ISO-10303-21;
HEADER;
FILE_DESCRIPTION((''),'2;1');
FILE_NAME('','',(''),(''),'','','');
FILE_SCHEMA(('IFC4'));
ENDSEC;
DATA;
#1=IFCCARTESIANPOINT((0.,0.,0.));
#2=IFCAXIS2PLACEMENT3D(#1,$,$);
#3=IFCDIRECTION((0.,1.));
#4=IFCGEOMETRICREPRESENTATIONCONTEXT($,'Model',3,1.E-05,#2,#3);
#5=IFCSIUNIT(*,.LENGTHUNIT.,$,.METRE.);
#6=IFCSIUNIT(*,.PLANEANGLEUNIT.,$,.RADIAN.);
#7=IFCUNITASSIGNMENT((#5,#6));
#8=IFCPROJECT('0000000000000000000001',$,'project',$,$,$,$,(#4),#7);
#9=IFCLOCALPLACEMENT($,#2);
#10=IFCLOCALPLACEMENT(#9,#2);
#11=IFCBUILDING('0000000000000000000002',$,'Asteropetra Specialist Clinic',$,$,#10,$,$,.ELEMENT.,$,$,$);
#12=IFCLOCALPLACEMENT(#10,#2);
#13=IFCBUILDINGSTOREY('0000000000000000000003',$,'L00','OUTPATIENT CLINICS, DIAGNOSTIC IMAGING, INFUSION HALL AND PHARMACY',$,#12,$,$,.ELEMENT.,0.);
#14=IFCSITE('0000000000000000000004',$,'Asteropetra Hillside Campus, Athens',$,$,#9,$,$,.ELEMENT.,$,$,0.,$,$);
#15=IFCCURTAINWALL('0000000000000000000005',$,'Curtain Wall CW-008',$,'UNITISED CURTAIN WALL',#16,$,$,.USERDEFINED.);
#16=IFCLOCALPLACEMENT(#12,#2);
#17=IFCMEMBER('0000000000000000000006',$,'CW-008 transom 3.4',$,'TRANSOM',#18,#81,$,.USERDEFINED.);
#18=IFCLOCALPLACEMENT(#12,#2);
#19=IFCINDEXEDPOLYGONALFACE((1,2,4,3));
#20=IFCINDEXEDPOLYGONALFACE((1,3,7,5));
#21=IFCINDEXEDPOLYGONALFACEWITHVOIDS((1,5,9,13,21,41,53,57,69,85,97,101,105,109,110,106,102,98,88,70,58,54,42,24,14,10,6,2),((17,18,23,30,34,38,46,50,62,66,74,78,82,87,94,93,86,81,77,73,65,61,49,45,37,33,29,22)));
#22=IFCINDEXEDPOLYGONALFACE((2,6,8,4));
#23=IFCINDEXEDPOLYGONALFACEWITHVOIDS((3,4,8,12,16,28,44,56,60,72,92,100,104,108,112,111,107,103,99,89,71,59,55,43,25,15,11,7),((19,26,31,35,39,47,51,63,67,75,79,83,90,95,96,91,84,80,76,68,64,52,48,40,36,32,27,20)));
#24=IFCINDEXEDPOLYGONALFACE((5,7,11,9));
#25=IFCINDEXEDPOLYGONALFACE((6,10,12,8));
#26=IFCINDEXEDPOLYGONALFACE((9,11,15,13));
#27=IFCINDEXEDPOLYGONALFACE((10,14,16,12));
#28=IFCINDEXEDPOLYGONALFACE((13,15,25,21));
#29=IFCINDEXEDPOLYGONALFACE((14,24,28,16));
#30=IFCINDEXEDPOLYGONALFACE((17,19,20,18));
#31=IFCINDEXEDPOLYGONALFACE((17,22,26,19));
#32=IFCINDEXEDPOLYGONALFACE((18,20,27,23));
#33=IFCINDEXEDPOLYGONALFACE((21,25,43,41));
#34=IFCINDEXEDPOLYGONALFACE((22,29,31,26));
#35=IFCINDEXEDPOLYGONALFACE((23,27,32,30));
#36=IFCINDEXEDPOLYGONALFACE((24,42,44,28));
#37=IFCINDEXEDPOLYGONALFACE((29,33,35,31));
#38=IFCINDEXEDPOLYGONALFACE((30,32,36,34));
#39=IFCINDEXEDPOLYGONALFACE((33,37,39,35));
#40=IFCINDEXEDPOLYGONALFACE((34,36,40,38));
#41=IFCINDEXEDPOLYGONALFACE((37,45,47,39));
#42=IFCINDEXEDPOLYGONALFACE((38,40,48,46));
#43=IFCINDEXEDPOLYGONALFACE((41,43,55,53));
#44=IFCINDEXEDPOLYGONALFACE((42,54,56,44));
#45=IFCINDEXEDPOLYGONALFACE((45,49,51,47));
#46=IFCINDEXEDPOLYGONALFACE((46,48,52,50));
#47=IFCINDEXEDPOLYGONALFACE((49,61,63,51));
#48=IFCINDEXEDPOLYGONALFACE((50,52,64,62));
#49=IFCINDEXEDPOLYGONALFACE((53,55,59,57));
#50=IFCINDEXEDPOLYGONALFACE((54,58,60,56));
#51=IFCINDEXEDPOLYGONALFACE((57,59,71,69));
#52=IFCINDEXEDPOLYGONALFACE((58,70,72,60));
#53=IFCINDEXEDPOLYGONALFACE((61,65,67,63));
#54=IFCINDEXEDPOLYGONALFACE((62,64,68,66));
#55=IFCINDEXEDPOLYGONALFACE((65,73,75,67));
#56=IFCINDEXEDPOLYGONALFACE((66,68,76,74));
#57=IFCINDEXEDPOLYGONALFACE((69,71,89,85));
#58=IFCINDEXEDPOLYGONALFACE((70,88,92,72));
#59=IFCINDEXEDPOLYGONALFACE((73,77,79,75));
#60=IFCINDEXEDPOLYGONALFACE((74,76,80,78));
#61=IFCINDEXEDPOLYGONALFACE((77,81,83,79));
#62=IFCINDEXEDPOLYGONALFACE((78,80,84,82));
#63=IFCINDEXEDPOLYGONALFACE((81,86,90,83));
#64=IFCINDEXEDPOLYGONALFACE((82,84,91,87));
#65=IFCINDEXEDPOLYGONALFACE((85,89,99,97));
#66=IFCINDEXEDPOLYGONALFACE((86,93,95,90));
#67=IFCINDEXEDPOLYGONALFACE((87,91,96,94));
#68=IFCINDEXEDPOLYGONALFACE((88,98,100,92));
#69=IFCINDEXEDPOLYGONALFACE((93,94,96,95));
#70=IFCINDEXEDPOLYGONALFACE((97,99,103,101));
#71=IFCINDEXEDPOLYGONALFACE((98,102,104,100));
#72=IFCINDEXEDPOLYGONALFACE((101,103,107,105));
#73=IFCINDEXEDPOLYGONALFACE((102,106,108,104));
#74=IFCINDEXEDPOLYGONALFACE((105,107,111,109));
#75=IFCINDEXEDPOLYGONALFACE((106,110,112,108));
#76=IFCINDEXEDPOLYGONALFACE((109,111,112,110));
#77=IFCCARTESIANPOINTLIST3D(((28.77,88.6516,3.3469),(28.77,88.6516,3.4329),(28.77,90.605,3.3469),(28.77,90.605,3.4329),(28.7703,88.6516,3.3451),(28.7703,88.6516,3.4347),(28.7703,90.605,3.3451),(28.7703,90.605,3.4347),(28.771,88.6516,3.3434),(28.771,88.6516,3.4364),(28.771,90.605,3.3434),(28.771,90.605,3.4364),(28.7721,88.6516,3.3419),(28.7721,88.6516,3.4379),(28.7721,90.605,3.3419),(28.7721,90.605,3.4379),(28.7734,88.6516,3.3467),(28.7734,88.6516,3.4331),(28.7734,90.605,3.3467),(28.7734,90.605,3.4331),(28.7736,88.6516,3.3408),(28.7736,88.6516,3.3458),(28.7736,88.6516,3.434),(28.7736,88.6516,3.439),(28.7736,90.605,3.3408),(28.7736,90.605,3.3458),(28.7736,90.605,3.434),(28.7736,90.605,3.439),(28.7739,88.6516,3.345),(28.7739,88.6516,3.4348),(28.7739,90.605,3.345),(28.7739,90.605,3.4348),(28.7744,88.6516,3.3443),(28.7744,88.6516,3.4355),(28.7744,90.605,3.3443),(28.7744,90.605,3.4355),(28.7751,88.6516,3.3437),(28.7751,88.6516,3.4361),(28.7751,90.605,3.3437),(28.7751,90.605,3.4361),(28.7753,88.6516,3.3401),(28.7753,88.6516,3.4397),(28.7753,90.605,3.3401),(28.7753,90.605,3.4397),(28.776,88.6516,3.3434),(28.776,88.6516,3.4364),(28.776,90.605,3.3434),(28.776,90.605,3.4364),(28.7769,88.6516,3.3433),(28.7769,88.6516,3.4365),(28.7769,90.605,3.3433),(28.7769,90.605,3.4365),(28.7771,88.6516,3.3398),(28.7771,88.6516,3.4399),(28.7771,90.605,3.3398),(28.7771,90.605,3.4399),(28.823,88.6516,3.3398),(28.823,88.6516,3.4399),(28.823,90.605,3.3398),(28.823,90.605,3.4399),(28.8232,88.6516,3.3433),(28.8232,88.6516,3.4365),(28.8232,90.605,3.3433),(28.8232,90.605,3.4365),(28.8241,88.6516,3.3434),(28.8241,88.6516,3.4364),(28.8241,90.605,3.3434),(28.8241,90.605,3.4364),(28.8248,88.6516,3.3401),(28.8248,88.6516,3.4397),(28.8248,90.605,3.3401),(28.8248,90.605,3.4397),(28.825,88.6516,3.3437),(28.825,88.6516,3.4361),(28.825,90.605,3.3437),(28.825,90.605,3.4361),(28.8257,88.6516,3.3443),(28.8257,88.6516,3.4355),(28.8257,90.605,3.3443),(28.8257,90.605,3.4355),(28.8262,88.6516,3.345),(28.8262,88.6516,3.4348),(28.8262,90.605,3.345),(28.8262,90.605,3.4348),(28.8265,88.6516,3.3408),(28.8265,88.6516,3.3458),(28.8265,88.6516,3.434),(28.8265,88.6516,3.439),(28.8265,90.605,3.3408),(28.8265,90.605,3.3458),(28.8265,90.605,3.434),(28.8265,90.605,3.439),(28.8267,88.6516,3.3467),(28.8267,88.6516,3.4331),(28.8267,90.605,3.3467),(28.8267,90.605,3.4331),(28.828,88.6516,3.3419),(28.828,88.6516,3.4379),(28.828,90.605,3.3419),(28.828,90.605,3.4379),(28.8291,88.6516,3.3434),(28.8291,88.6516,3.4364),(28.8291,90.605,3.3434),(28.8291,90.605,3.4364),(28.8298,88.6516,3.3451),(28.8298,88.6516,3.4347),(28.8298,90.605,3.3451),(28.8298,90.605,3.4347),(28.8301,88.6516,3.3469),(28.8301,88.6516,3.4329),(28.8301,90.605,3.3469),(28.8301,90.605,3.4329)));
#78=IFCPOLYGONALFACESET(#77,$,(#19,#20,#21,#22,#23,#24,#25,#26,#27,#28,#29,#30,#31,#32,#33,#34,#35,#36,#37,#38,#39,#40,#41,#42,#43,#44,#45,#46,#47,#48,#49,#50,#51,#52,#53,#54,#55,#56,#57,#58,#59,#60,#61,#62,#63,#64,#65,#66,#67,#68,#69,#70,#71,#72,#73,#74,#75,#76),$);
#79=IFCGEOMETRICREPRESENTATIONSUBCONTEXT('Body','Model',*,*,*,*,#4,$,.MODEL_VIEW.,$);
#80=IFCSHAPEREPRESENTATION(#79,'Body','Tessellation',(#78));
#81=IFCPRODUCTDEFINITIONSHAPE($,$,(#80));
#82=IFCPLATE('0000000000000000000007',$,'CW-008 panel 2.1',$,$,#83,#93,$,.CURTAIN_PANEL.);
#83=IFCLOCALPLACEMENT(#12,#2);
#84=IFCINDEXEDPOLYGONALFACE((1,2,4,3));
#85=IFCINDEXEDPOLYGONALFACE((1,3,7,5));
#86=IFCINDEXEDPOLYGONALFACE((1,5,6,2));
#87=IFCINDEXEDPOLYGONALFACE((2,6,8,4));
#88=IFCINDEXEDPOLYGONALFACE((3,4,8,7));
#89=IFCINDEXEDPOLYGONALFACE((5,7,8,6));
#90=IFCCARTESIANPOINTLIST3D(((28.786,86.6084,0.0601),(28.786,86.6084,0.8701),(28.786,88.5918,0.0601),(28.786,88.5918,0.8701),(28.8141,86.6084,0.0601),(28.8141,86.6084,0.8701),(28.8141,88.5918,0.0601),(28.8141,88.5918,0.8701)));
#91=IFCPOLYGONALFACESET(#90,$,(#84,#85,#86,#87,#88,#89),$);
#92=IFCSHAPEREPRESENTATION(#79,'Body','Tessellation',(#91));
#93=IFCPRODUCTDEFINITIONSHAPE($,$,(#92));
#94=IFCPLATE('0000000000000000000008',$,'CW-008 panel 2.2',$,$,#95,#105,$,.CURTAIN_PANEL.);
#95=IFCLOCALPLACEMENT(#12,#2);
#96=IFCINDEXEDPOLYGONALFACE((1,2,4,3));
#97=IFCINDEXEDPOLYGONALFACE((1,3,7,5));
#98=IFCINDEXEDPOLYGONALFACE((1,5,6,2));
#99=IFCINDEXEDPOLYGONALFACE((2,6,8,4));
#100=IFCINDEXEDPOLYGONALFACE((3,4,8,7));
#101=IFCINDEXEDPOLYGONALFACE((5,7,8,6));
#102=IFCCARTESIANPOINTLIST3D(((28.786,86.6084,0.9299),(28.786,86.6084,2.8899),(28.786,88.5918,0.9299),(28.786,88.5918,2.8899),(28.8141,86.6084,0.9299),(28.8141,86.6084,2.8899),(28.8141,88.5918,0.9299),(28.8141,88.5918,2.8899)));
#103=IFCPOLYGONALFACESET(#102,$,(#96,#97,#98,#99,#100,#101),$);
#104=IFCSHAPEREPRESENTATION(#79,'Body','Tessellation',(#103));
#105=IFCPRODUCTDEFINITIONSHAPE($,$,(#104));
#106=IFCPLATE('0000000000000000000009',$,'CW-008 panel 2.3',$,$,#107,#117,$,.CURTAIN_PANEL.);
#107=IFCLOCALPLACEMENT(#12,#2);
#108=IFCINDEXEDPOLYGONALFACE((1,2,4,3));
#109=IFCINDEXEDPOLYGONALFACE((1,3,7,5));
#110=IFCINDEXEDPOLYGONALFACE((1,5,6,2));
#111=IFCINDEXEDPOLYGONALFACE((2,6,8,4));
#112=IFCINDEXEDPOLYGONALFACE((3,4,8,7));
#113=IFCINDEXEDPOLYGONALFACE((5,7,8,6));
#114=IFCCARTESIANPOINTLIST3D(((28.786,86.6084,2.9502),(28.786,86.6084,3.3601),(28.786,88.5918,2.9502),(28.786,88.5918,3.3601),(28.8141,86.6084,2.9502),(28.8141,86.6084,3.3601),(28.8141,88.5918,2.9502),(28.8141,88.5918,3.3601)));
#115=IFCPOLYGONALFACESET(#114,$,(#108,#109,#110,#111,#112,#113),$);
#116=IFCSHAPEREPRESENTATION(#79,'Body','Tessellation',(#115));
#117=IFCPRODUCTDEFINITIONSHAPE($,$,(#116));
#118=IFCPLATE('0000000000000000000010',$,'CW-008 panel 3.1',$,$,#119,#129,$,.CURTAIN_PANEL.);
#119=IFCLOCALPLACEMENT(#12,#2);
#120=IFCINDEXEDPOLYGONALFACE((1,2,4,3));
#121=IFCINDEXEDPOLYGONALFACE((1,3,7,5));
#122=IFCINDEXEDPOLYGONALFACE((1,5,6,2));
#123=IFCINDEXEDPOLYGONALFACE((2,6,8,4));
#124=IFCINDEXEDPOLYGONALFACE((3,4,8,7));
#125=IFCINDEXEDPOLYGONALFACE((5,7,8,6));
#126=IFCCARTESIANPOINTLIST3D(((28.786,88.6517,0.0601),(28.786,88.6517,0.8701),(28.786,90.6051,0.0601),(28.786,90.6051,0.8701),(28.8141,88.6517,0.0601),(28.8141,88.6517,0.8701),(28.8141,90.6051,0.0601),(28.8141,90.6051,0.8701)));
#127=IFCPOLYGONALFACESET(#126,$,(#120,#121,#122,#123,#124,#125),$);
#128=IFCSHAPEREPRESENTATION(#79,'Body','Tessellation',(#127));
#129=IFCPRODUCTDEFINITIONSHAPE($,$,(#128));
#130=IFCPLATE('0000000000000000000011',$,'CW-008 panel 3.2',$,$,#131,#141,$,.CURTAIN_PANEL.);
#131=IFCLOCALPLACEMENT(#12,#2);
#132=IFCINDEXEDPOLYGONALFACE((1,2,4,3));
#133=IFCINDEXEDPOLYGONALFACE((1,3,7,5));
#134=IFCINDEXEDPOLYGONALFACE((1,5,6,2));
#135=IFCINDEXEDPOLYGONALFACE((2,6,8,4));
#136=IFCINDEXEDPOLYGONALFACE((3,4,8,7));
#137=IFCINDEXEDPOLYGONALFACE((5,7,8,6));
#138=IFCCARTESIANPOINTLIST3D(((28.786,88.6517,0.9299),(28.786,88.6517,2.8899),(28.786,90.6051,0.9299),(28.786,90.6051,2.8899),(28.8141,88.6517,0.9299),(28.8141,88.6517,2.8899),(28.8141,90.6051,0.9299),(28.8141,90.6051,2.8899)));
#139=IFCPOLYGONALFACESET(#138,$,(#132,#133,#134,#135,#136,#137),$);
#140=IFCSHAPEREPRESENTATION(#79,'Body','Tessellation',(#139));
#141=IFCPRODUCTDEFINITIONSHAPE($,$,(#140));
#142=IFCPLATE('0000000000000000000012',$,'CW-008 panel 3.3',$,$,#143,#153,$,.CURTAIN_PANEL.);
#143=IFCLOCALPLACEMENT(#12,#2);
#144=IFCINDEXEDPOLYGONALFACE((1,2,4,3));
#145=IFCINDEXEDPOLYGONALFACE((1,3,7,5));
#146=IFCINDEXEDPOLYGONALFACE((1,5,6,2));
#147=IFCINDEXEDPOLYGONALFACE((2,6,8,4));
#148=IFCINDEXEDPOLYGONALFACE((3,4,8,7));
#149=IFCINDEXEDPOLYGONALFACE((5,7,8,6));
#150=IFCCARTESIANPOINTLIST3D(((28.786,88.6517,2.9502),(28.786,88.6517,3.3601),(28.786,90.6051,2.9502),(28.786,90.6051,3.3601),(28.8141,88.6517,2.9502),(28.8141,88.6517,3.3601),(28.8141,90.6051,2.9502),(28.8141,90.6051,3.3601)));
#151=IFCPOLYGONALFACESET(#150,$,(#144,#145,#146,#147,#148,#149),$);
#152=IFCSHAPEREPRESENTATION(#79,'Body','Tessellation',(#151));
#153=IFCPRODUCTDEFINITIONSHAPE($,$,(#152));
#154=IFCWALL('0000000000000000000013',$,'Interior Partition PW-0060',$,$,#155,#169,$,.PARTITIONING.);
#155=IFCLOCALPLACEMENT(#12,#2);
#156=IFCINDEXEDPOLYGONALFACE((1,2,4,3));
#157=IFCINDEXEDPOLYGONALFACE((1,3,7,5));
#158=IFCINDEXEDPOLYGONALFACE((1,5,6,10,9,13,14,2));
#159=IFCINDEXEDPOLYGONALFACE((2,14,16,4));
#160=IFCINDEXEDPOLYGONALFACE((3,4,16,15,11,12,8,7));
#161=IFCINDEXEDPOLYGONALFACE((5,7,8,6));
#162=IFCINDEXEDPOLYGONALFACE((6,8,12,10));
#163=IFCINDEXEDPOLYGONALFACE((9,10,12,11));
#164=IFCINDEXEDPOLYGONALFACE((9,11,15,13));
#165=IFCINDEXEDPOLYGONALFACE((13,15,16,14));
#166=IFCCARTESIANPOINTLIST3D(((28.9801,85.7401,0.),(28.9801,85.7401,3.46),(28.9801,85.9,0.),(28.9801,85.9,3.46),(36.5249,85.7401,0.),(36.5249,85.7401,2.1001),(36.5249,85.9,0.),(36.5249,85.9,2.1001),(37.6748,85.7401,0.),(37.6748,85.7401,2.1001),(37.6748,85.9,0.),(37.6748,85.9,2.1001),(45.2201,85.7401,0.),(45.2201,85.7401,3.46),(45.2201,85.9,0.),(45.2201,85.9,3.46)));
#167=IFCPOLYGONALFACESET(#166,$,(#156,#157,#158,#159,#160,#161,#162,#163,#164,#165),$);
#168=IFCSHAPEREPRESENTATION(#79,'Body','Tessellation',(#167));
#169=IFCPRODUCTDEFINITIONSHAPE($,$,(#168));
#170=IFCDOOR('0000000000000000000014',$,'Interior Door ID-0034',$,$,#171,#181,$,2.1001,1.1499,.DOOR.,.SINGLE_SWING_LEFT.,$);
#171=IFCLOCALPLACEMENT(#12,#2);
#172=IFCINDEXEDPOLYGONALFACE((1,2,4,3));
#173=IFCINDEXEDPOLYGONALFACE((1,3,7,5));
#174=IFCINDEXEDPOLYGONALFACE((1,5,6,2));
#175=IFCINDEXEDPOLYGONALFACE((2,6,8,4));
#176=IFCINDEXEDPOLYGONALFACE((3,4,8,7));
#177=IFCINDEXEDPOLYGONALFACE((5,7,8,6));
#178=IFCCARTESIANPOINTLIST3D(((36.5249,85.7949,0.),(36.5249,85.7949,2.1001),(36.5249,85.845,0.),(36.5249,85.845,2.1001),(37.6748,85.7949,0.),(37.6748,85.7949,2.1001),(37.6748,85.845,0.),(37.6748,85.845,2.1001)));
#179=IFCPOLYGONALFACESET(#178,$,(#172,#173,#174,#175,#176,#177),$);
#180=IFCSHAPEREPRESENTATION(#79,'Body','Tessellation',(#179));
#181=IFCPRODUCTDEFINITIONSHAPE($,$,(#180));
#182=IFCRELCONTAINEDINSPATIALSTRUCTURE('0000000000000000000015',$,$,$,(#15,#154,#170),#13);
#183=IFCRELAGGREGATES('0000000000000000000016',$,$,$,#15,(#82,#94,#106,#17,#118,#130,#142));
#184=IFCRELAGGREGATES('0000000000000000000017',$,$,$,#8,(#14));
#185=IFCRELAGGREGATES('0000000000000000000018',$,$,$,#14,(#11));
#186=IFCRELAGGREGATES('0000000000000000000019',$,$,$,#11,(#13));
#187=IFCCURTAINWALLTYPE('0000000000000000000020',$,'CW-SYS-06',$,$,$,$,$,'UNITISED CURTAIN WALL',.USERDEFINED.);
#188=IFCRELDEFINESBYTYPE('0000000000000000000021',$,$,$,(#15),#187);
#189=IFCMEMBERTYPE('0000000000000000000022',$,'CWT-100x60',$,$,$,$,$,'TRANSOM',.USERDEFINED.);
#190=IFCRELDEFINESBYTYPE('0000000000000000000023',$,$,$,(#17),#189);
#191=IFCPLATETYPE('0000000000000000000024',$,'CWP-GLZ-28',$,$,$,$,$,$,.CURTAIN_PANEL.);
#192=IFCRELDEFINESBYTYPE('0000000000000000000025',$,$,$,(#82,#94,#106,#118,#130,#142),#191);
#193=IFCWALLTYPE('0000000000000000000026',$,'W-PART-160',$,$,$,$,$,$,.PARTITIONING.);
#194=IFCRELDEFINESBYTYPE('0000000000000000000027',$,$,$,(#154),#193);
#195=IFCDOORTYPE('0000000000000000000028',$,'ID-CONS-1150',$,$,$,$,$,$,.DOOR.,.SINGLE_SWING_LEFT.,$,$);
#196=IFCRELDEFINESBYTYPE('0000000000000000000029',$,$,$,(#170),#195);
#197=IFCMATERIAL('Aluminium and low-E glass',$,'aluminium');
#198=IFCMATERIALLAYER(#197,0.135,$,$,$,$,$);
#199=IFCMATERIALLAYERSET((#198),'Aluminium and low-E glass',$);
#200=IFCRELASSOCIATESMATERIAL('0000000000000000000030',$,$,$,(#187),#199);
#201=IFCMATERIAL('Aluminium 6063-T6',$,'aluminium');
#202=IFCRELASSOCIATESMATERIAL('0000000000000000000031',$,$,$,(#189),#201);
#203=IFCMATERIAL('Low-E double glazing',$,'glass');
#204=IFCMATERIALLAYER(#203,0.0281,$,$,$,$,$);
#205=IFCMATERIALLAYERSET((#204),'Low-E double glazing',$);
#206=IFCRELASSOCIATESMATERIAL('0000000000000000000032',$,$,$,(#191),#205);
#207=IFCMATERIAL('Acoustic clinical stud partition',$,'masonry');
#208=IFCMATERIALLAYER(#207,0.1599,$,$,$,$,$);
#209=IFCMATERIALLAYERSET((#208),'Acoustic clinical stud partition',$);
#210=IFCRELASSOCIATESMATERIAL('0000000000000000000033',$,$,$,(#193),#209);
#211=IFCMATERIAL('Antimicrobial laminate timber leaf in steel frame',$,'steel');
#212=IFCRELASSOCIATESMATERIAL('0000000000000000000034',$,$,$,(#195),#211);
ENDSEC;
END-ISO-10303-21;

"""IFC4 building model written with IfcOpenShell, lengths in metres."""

from ifc_helpers import new_model, si_unit, direction, frame, frame_2d, origin, origin_2d, place, context, subcontext, project, spatial, rectangle, hollow_rectangle, extrude, material, layer, layer_set, material_profile, profile_set, type_object, element, fill, aggregate, save


model = new_model("IFC4")

# Units and contexts
model_context = context("Model", 3, precision=1e-05, world=origin(), true_north=direction((0.0, 1.0)))
body_context = subcontext(model_context, "Body", "Model", "MODEL_VIEW")
ifc_project = project(units=[si_unit("LENGTHUNIT", "METRE"), si_unit("PLANEANGLEUNIT", "RADIAN")], contexts=[model_context])

# Site, building, storey
site_placement = place(None, origin())
site = spatial("IfcSite", under=ifc_project, at=site_placement, Name="Asteropetra Hillside Campus, Athens", CompositionType="ELEMENT", RefElevation=0.0)
building_placement = place(site_placement, origin())
building = spatial("IfcBuilding", under=site, at=building_placement, Name="Asteropetra Specialist Clinic", CompositionType="ELEMENT")
storey_placement = place(building_placement, origin())
storey = spatial("IfcBuildingStorey", under=building, at=storey_placement, Name="L00", Description="OUTPATIENT CLINICS, DIAGNOSTIC IMAGING, INFUSION HALL AND PHARMACY", CompositionType="ELEMENT", Elevation=0.0)

# Curtain wall, member, plates
ifc_material_1 = material(Name="Aluminium and low-E glass", Category="aluminium")
ifc_layer_1 = layer(ifc_material_1, 0.135)
ifc_layer_set_1 = layer_set([ifc_layer_1], Name="Aluminium and low-E glass")
curtain_wall_type = type_object("IfcCurtainWallType", Name="CW-SYS-06", ElementType="UNITISED CURTAIN WALL", PredefinedType="USERDEFINED", material=ifc_layer_set_1)
curtain_wall_placement = place(storey_placement, origin())
curtain_wall = element("IfcCurtainWall", 1, at=curtain_wall_placement, inside=storey, type_object=curtain_wall_type, Name="Curtain Wall CW-008", ObjectType="UNITISED CURTAIN WALL", PredefinedType="USERDEFINED")
ifc_material_2 = material(Name="Aluminium 6063-T6", Category="aluminium")
ifc_material_profile_1 = material_profile(ifc_material_2, hollow_rectangle(XDim=0.0601, YDim=0.1001, WallThickness=0.0034, InnerFilletRadius=0.0034, OuterFilletRadius=0.0071, at=origin_2d()), Name="TRN 100x60x3.5")
ifc_profile_set_1 = profile_set([ifc_material_profile_1], Name="Aluminium 6063-T6")
member_type_1 = type_object("IfcMemberType", Name="CWT-100x60", ElementType="TRANSOM", PredefinedType="USERDEFINED", material=ifc_profile_set_1)
member_1_placement = place(storey_placement, frame((28.8, 88.6516, 3.3899), z_axis=(0.0, 1.0, 0.0), x_axis=(-1.0, 0.0, 0.0)))
member_1 = element("IfcMember", 2, at=member_1_placement, type_object=member_type_1, Name="CW-008 transom 3.4", ObjectType="TRANSOM", PredefinedType="USERDEFINED", context=body_context, shape_type="SweptSolid", body=[
    extrude(hollow_rectangle(XDim=0.0601, YDim=0.1001, WallThickness=0.0034, InnerFilletRadius=0.0034, OuterFilletRadius=0.0071, at=origin_2d()), origin(), (0.0, 0.0, 1.0), 1.9534),
])
ifc_material_3 = material(Name="Low-E double glazing", Category="glass")
ifc_layer_2 = layer(ifc_material_3, 0.0281)
ifc_layer_set_2 = layer_set([ifc_layer_2], Name="Low-E double glazing")
plate_type = type_object("IfcPlateType", Name="CWP-GLZ-28", PredefinedType="CURTAIN_PANEL", material=ifc_layer_set_2)
plate_1_placement = place(storey_placement, frame((28.8, 87.6001, 0.0601), z_axis=(0.0, 0.0, 1.0), x_axis=(0.0, 1.0, 0.0)))
plate_1 = element("IfcPlate", 3, at=plate_1_placement, type_object=plate_type, Name="CW-008 panel 2.1", PredefinedType="CURTAIN_PANEL", context=body_context, shape_type="SweptSolid", body=[
    extrude(rectangle(XDim=1.9834, YDim=0.0281, at=origin_2d()), origin(), (0.0, 0.0, 1.0), 0.8101),
])
plate_2_placement = place(storey_placement, frame((28.8, 87.6001, 0.9299), z_axis=(0.0, 0.0, 1.0), x_axis=(0.0, 1.0, 0.0)))
plate_2 = element("IfcPlate", 4, at=plate_2_placement, type_object=plate_type, Name="CW-008 panel 2.2", PredefinedType="CURTAIN_PANEL", context=body_context, shape_type="SweptSolid", body=[
    extrude(rectangle(XDim=1.9834, YDim=0.0281, at=origin_2d()), origin(), (0.0, 0.0, 1.0), 1.96),
])
plate_3_placement = place(storey_placement, frame((28.8, 87.6001, 2.9502), z_axis=(0.0, 0.0, 1.0), x_axis=(0.0, 1.0, 0.0)))
plate_3 = element("IfcPlate", 5, at=plate_3_placement, type_object=plate_type, Name="CW-008 panel 2.3", PredefinedType="CURTAIN_PANEL", context=body_context, shape_type="SweptSolid", body=[
    extrude(rectangle(XDim=1.9834, YDim=0.0281, at=origin_2d()), origin(), (0.0, 0.0, 1.0), 0.4099),
])
plate_4_placement = place(storey_placement, frame((28.8, 89.6284, 0.0601), z_axis=(0.0, 0.0, 1.0), x_axis=(0.0, 1.0, 0.0)))
plate_4 = element("IfcPlate", 6, at=plate_4_placement, type_object=plate_type, Name="CW-008 panel 3.1", PredefinedType="CURTAIN_PANEL", context=body_context, shape_type="SweptSolid", body=[
    extrude(rectangle(XDim=1.9534, YDim=0.0281, at=origin_2d()), origin(), (0.0, 0.0, 1.0), 0.8101),
])
plate_5_placement = place(storey_placement, frame((28.8, 89.6284, 0.9299), z_axis=(0.0, 0.0, 1.0), x_axis=(0.0, 1.0, 0.0)))
plate_5 = element("IfcPlate", 7, at=plate_5_placement, type_object=plate_type, Name="CW-008 panel 3.2", PredefinedType="CURTAIN_PANEL", context=body_context, shape_type="SweptSolid", body=[
    extrude(rectangle(XDim=1.9534, YDim=0.0281, at=origin_2d()), origin(), (0.0, 0.0, 1.0), 1.96),
])
plate_6_placement = place(storey_placement, frame((28.8, 89.6284, 2.9502), z_axis=(0.0, 0.0, 1.0), x_axis=(0.0, 1.0, 0.0)))
plate_6 = element("IfcPlate", 8, at=plate_6_placement, type_object=plate_type, Name="CW-008 panel 3.3", PredefinedType="CURTAIN_PANEL", context=body_context, shape_type="SweptSolid", body=[
    extrude(rectangle(XDim=1.9534, YDim=0.0281, at=origin_2d()), origin(), (0.0, 0.0, 1.0), 0.4099),
])
aggregate(curtain_wall, [plate_1, plate_2, plate_3, member_1, plate_4, plate_5, plate_6])

# Wall, opening, door
ifc_material_4 = material(Name="Acoustic clinical stud partition", Category="masonry")
ifc_layer_3 = layer(ifc_material_4, 0.1599)
ifc_layer_set_3 = layer_set([ifc_layer_3], Name="Acoustic clinical stud partition")
wall_type = type_object("IfcWallType", Name="W-PART-160", PredefinedType="PARTITIONING", material=ifc_layer_set_3)
wall_placement = place(storey_placement, frame((28.98, 85.8201, 0.0), z_axis=(0.0, 0.0, 1.0), x_axis=(1.0, 0.0, 0.0)))
wall = element("IfcWall", 9, at=wall_placement, inside=storey, type_object=wall_type, Name="Interior Partition PW-0060", PredefinedType="PARTITIONING", context=body_context, shape_type="SweptSolid", body=[
    extrude(rectangle(XDim=16.24, YDim=0.1599, at=frame_2d((8.1201, 0.0))), origin(), (0.0, 0.0, 1.0), 3.46),
])
opening_placement = place(wall_placement, frame((7.5449, 0.0, 0.0)))
opening = element("IfcOpeningElement", 10, at=opening_placement, cuts=wall, PredefinedType="OPENING", context=body_context, shape_type="SweptSolid", body=[
    extrude(rectangle(XDim=1.1499, YDim=2.1001, at=frame_2d((0.575, 1.05))), frame((0.0, 0.0898, 0.0), z_axis=(0.0, -1.0, 0.0), x_axis=(1.0, 0.0, 0.0)), (0.0, 0.0, 1.0), 0.1799),
])
ifc_material_5 = material(Name="Antimicrobial laminate timber leaf in steel frame", Category="steel")
door_type = type_object("IfcDoorType", Name="ID-CONS-1150", OperationType="SINGLE_SWING_LEFT", PredefinedType="DOOR", material=ifc_material_5)
door_placement = place(opening_placement, origin())
door = element("IfcDoor", 11, at=door_placement, inside=storey, type_object=door_type, Name="Interior Door ID-0034", OperationType="SINGLE_SWING_LEFT", OverallHeight=2.1001, OverallWidth=1.1499, PredefinedType="DOOR", context=body_context, shape_type="SweptSolid", body=[
    extrude(rectangle(XDim=1.1499, YDim=2.1001, at=frame_2d((0.575, 1.05))), frame((0.0, 0.0249, 0.0), z_axis=(0.0, -1.0, 0.0), x_axis=(1.0, 0.0, 0.0)), (0.0, 0.0, 1.0), 0.05),
])
fill(opening, door)

save(model, "model.ifc")
